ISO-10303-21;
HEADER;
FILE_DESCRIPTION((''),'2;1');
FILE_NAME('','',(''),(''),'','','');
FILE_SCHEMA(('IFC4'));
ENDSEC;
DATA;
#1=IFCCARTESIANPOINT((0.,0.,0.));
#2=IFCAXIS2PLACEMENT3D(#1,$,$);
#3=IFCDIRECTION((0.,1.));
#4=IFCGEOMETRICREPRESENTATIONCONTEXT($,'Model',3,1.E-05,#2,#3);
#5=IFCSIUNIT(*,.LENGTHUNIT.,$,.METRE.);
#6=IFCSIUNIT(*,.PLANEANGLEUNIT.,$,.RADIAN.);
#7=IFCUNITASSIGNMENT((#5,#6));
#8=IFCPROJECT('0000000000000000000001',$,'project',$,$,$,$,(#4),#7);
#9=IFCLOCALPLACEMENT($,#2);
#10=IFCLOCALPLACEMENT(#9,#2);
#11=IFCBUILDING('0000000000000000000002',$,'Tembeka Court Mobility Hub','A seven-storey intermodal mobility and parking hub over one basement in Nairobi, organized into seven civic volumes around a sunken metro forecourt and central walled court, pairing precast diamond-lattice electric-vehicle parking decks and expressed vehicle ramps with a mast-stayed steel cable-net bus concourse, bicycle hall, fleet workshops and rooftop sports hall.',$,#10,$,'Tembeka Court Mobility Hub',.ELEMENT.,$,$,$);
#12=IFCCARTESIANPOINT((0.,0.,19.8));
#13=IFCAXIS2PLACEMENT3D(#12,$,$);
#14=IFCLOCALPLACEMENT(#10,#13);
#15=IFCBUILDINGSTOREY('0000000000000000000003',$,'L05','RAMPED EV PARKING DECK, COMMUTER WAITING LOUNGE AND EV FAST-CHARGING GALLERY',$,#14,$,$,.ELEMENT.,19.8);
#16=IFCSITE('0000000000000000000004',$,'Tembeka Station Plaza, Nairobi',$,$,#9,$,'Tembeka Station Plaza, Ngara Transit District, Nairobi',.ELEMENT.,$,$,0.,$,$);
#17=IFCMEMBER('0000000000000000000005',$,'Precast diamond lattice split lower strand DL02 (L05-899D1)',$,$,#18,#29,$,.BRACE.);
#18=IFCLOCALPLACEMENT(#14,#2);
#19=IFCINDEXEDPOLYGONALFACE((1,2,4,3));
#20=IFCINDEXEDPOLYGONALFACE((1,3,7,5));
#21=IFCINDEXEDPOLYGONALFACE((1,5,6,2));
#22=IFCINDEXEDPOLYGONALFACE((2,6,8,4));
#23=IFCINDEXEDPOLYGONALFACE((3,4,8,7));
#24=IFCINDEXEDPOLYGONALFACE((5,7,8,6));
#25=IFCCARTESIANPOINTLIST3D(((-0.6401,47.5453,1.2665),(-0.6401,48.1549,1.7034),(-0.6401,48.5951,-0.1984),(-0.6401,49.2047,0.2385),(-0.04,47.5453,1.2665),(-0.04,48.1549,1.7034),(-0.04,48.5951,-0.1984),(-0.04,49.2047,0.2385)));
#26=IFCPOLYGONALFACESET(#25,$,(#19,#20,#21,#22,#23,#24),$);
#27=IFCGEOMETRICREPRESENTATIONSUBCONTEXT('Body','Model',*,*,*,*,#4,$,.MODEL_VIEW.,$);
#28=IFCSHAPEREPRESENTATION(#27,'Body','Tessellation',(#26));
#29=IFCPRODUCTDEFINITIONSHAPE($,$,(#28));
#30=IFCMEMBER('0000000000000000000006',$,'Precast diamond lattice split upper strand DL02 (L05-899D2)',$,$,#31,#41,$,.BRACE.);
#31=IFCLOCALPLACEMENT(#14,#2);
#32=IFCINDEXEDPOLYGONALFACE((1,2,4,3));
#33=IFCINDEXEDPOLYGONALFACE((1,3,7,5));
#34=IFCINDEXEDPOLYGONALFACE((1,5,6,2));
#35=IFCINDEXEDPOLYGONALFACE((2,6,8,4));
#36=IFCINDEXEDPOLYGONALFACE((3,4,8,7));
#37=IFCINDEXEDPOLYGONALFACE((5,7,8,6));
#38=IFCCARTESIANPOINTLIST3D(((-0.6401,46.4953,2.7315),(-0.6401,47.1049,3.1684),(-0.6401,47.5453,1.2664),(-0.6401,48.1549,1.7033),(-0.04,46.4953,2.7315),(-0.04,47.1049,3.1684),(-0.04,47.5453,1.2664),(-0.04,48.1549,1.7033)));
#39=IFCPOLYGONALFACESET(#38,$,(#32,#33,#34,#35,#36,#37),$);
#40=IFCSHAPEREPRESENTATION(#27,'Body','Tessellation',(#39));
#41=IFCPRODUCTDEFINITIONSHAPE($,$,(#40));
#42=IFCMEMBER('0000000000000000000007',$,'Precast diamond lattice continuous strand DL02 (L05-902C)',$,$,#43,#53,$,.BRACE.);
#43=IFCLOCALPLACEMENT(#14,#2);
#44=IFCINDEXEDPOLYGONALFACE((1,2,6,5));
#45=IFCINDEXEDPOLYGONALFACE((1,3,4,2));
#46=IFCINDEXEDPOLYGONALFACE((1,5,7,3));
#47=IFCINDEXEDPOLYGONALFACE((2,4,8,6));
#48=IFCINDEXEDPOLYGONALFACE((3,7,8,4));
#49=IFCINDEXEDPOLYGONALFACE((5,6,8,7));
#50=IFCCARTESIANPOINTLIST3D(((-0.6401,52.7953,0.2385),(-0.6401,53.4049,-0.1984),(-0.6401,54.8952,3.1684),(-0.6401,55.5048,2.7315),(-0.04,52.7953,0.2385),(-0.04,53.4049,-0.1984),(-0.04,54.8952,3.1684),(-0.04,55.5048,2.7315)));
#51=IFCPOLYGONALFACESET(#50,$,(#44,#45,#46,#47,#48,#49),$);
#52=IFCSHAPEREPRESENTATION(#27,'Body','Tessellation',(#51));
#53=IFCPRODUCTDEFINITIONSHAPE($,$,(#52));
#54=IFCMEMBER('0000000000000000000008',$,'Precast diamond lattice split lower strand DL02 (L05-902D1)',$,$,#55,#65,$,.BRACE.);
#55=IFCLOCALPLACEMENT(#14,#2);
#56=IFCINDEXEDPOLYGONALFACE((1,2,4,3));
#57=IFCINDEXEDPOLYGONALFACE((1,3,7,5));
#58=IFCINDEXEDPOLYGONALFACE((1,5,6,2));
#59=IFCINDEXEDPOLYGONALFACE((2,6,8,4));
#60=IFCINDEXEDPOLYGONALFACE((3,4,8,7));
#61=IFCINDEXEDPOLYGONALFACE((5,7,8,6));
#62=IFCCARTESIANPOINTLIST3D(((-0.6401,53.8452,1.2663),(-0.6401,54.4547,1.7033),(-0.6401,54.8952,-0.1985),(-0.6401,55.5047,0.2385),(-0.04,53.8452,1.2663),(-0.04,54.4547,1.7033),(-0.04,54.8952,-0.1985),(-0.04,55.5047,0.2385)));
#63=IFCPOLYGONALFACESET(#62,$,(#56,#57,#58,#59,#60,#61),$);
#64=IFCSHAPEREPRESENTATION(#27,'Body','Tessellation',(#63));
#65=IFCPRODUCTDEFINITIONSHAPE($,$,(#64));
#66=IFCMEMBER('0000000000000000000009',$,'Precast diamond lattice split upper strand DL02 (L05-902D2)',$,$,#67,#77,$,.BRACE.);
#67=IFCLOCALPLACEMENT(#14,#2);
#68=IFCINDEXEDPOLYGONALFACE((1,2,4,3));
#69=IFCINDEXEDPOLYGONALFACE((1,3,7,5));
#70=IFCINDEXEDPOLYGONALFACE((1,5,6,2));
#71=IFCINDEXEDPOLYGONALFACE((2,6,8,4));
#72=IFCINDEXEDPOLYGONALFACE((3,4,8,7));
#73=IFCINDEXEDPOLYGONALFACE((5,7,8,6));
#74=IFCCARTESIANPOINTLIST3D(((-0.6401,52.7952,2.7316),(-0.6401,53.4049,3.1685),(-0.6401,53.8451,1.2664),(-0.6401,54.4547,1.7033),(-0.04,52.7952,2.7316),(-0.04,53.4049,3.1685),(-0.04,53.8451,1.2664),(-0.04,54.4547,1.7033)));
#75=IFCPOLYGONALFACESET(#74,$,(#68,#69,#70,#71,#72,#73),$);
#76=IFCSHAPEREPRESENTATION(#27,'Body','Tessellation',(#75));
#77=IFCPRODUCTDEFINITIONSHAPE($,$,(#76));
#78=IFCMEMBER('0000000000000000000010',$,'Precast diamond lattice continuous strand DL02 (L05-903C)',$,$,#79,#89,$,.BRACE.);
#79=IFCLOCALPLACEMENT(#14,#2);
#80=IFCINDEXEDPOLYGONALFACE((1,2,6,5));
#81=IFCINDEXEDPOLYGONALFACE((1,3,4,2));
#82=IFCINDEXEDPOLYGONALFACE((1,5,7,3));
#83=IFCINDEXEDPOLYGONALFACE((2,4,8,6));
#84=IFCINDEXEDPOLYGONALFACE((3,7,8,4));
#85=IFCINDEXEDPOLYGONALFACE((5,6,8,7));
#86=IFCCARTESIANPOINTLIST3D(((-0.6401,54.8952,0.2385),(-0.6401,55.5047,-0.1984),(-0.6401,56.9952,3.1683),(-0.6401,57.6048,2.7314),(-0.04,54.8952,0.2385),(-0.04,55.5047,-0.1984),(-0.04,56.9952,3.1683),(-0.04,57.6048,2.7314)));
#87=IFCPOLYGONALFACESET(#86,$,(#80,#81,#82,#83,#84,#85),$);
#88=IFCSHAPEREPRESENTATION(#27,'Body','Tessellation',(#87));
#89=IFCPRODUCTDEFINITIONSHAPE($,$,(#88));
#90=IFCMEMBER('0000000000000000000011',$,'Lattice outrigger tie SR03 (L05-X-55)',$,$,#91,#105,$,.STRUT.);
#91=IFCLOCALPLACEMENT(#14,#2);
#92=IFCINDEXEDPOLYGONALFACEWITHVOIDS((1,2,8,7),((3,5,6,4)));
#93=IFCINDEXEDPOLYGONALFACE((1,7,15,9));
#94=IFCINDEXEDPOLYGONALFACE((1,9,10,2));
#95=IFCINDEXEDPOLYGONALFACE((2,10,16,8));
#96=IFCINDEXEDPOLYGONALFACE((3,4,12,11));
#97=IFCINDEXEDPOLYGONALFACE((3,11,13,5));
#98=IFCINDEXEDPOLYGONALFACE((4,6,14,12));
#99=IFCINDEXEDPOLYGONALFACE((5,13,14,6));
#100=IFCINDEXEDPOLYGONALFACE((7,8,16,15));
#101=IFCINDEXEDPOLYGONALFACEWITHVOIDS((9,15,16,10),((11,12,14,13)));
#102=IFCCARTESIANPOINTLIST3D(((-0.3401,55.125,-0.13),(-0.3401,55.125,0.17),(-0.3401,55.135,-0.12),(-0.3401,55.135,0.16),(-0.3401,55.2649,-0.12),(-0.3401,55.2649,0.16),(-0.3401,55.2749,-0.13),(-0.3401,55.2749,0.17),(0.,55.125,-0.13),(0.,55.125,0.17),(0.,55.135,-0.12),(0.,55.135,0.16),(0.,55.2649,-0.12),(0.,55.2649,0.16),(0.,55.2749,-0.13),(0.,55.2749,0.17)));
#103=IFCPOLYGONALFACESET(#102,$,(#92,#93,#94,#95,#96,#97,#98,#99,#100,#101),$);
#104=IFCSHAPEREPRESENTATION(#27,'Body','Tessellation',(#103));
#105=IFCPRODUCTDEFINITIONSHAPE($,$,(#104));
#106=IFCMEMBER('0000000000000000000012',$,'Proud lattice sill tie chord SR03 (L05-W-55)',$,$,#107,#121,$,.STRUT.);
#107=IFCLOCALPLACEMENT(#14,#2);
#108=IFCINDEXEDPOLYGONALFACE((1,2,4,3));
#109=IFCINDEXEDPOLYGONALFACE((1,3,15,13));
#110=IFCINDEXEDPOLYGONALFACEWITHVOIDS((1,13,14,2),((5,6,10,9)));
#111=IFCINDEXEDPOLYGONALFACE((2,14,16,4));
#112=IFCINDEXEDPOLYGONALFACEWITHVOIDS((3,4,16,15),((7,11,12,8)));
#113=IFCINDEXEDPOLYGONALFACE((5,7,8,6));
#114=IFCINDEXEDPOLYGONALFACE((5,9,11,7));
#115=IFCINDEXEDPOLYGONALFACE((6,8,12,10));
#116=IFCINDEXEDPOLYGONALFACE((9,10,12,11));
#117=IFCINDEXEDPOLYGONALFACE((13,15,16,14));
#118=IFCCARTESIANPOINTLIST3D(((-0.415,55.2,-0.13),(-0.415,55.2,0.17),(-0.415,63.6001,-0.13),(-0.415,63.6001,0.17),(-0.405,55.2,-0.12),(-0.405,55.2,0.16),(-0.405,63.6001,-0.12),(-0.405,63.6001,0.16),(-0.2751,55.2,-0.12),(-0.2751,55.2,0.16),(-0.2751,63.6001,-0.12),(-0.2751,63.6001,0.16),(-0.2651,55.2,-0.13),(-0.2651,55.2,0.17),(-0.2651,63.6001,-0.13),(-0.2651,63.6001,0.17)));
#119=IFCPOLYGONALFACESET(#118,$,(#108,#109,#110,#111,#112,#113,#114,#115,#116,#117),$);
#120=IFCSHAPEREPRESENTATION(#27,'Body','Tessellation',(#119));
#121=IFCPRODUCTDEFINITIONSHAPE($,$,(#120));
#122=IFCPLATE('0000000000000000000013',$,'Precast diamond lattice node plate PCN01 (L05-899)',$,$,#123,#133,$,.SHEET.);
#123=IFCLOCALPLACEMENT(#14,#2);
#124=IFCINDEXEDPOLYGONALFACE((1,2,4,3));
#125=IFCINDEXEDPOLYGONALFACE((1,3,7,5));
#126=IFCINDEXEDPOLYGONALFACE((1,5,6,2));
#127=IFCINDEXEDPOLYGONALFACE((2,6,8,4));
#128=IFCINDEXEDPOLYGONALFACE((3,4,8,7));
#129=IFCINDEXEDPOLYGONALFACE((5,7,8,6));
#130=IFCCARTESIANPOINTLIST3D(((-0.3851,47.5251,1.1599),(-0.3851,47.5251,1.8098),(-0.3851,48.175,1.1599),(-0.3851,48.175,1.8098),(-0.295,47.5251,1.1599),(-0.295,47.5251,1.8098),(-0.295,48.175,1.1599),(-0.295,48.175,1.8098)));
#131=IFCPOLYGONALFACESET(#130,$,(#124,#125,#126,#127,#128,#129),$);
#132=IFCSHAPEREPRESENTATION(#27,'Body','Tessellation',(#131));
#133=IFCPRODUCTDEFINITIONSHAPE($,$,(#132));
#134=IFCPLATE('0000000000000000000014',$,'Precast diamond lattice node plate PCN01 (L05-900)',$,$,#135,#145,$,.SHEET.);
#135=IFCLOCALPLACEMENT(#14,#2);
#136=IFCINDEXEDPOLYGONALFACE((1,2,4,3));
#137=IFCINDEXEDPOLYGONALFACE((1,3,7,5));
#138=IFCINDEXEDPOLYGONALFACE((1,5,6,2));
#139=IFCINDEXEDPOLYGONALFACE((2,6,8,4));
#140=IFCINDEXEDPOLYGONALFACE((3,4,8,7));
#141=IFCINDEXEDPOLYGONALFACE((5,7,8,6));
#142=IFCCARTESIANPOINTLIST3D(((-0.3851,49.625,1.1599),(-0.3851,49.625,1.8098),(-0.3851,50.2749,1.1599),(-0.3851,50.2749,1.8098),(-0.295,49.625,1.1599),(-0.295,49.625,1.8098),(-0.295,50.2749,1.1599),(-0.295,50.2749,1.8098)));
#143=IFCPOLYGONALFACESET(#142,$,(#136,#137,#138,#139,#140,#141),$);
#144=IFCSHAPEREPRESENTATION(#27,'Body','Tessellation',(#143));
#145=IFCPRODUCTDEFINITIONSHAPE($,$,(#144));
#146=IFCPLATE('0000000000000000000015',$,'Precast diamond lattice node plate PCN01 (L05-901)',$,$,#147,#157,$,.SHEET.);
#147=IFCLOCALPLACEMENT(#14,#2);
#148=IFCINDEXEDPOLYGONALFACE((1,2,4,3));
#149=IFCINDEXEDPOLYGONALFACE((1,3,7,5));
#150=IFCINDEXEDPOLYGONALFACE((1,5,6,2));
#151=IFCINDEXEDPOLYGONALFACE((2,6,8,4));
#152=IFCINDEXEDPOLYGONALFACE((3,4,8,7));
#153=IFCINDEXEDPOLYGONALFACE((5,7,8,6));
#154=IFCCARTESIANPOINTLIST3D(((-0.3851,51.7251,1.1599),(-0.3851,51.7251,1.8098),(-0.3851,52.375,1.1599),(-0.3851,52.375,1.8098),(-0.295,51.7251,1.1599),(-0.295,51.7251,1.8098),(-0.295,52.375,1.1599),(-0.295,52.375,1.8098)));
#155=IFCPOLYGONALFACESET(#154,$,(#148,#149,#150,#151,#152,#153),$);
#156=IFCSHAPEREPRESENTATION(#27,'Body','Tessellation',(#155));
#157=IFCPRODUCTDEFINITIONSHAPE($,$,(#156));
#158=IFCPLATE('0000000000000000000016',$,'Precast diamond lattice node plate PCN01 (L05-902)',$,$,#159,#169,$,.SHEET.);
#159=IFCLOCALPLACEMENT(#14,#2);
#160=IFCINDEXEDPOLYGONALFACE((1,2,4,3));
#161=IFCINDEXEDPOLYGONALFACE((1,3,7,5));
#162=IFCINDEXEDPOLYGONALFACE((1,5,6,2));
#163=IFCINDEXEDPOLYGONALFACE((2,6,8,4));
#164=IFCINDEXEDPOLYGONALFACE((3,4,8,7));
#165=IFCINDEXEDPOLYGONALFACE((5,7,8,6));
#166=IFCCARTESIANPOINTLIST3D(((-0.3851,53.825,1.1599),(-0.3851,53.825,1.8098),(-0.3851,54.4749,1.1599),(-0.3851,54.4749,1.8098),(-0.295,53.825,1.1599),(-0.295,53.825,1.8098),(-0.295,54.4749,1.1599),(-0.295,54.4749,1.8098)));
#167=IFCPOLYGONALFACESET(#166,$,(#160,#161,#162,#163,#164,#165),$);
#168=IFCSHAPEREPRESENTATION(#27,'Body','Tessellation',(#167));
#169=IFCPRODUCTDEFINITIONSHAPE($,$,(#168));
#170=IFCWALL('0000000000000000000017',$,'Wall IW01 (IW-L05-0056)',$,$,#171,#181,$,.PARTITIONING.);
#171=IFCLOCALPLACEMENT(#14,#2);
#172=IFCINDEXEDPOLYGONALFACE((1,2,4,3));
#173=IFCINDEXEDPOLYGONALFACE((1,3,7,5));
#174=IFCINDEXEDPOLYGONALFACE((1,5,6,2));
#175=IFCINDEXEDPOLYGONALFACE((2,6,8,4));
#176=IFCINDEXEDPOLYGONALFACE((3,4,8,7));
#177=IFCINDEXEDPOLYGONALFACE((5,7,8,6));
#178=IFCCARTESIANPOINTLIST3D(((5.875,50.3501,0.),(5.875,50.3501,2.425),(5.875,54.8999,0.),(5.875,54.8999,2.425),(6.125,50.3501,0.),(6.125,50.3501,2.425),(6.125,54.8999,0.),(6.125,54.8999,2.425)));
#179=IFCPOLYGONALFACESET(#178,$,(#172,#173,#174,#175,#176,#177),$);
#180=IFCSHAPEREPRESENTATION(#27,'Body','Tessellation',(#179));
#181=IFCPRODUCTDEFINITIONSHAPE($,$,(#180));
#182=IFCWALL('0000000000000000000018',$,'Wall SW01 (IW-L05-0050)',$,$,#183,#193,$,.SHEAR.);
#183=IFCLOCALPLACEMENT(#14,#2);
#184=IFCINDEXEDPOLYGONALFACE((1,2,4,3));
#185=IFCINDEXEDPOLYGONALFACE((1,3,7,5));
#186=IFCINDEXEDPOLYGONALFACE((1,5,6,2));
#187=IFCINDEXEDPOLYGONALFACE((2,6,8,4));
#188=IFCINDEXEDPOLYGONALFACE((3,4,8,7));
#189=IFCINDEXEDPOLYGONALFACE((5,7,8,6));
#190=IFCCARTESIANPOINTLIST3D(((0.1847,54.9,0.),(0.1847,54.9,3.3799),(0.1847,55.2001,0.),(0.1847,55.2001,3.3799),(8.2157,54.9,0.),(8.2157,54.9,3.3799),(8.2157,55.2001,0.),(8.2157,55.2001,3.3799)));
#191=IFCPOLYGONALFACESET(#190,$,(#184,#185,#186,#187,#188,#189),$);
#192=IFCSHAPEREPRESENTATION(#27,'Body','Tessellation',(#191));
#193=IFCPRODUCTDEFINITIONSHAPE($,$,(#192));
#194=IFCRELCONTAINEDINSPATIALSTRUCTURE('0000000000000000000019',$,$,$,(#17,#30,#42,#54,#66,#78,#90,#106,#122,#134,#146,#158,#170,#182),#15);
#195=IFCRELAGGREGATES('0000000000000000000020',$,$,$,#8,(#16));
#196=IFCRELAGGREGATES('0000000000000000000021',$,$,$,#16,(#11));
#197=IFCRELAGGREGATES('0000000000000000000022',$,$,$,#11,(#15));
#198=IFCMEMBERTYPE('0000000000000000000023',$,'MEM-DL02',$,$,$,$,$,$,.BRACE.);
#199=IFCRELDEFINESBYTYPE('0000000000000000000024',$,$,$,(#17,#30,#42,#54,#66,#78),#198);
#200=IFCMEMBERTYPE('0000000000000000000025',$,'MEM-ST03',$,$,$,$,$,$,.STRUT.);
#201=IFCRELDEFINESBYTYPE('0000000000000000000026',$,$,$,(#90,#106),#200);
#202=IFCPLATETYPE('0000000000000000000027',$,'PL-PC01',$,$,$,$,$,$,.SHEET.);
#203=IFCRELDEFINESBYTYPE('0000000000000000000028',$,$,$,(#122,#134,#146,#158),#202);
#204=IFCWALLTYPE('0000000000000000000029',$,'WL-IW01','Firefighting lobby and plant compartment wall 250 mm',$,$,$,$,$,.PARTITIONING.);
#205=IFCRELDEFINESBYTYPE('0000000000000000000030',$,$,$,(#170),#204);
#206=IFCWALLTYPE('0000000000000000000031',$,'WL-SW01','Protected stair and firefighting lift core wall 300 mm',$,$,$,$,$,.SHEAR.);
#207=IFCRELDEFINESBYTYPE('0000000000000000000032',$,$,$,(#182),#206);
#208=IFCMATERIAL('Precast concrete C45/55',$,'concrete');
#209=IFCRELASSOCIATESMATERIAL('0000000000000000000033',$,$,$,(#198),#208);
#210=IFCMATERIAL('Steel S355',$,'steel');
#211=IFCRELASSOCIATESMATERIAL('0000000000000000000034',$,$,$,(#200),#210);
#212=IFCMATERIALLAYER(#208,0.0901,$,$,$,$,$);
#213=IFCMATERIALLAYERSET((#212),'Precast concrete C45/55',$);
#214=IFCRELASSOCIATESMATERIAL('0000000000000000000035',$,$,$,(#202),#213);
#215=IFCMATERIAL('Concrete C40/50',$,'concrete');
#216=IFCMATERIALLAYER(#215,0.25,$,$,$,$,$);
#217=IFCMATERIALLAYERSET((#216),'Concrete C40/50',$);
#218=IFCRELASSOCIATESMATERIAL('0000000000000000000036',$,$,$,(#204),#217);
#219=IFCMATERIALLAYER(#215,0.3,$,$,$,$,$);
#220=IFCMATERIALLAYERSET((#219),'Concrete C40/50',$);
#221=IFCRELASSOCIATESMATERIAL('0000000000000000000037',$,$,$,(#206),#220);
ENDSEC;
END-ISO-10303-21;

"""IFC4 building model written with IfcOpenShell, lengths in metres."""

from ifc_helpers import new_model, si_unit, direction, frame, frame_2d, origin, origin_2d, place, context, subcontext, project, spatial, rectangle, hollow_rectangle, extrude, material, layer, layer_set, material_profile, profile_set, type_object, element, save


model = new_model("IFC4")

# Units and contexts
model_context = context("Model", 3, precision=1e-05, world=origin(), true_north=direction((0.0, 1.0)))
body_context = subcontext(model_context, "Body", "Model", "MODEL_VIEW")
ifc_project = project(units=[si_unit("LENGTHUNIT", "METRE"), si_unit("PLANEANGLEUNIT", "RADIAN")], contexts=[model_context])

# Site, building, storey
site_placement = place(None, origin())
site = spatial("IfcSite", under=ifc_project, at=site_placement, Name="Tembeka Station Plaza, Nairobi", LongName="Tembeka Station Plaza, Ngara Transit District, Nairobi", CompositionType="ELEMENT", RefElevation=0.0)
building_placement = place(site_placement, origin())
building = spatial("IfcBuilding", under=site, at=building_placement, Name="Tembeka Court Mobility Hub", Description="A seven-storey intermodal mobility and parking hub over one basement in Nairobi, organized into seven civic volumes around a sunken metro forecourt and central walled court, pairing precast diamond-lattice electric-vehicle parking decks and expressed vehicle ramps with a mast-stayed steel cable-net bus concourse, bicycle hall, fleet workshops and rooftop sports hall.", LongName="Tembeka Court Mobility Hub", CompositionType="ELEMENT")
storey_placement = place(building_placement, frame((0.0, 0.0, 19.8)))
storey = spatial("IfcBuildingStorey", under=building, at=storey_placement, Name="L05", Description="RAMPED EV PARKING DECK, COMMUTER WAITING LOUNGE AND EV FAST-CHARGING GALLERY", CompositionType="ELEMENT", Elevation=19.8)

# Shared definitions
ifc_material_1 = material(Name="Steel S355", Category="steel")

# Shared definitions
ifc_material_2 = material(Name="Precast concrete C45/55", Category="concrete")

# Members
ifc_material_profile_1 = material_profile(ifc_material_2, rectangle(XDim=0.6001, YDim=0.75, at=origin_2d()), Name="PC-DIAG 600x750")
ifc_profile_set_1 = profile_set([ifc_material_profile_1], Name="Precast concrete C45/55")
member_type_1 = type_object("IfcMemberType", Name="MEM-DL02", PredefinedType="BRACE", material=ifc_profile_set_1)
member_1_placement = place(storey_placement, frame((-0.3401, 48.8999, 0.02), z_axis=(0.0, -0.582519, 0.812817), x_axis=(1.0, 0.0, 0.0)))
element("IfcMember", 1, at=member_1_placement, inside=storey, type_object=member_type_1, Name="Precast diamond lattice split lower strand DL02 (L05-899D1)", PredefinedType="BRACE", context=body_context, shape_type="SweptSolid", body=[
    extrude(rectangle(XDim=0.6001, YDim=0.75, at=origin_2d()), origin(), (0.0, 0.0, 1.0), 1.8022),
])
member_2_placement = place(storey_placement, frame((-0.3401, 47.8501, 1.4849), z_axis=(0.0, -0.582544, 0.812799), x_axis=(1.0, 0.0, 0.0)))
element("IfcMember", 2, at=member_2_placement, inside=storey, type_object=member_type_1, Name="Precast diamond lattice split upper strand DL02 (L05-899D2)", PredefinedType="BRACE", context=body_context, shape_type="SweptSolid", body=[
    extrude(rectangle(XDim=0.6001, YDim=0.75, at=origin_2d()), origin(), (0.0, 0.0, 1.0), 1.8025),
])
member_3_placement = place(storey_placement, frame((-0.3401, 53.1001, 0.02), z_axis=(0.0, 0.582532, 0.812808), x_axis=(-1.0, 0.0, 0.0)))
element("IfcMember", 3, at=member_3_placement, inside=storey, type_object=member_type_1, Name="Precast diamond lattice continuous strand DL02 (L05-902C)", PredefinedType="BRACE", context=body_context, shape_type="SweptSolid", body=[
    extrude(rectangle(XDim=0.6001, YDim=0.75, at=origin_2d()), origin(), (0.0, 0.0, 1.0), 3.6047),
])
member_4_placement = place(storey_placement, frame((-0.3401, 55.2, 0.02), z_axis=(0.0, -0.582608, 0.812753), x_axis=(1.0, 0.0, 0.0)))
element("IfcMember", 4, at=member_4_placement, inside=storey, type_object=member_type_1, Name="Precast diamond lattice split lower strand DL02 (L05-902D1)", PredefinedType="BRACE", context=body_context, shape_type="SweptSolid", body=[
    extrude(rectangle(XDim=0.6001, YDim=0.75, at=origin_2d()), origin(), (0.0, 0.0, 1.0), 1.8022),
])
member_5_placement = place(storey_placement, frame((-0.3401, 54.1499, 1.4849), z_axis=(0.0, -0.582455, 0.812863), x_axis=(1.0, 0.0, 0.0)))
element("IfcMember", 5, at=member_5_placement, inside=storey, type_object=member_type_1, Name="Precast diamond lattice split upper strand DL02 (L05-902D2)", PredefinedType="BRACE", context=body_context, shape_type="SweptSolid", body=[
    extrude(rectangle(XDim=0.6001, YDim=0.75, at=origin_2d()), origin(), (0.0, 0.0, 1.0), 1.8025),
])
member_6_placement = place(storey_placement, frame((-0.3401, 55.2, 0.02), z_axis=(0.0, 0.582576, 0.812776), x_axis=(-1.0, 0.0, 0.0)))
element("IfcMember", 6, at=member_6_placement, inside=storey, type_object=member_type_1, Name="Precast diamond lattice continuous strand DL02 (L05-903C)", PredefinedType="BRACE", context=body_context, shape_type="SweptSolid", body=[
    extrude(rectangle(XDim=0.6001, YDim=0.75, at=origin_2d()), origin(), (0.0, 0.0, 1.0), 3.6047),
])
ifc_material_profile_2 = material_profile(ifc_material_1, hollow_rectangle(XDim=0.1499, YDim=0.3, WallThickness=0.01, at=origin_2d()), Name="RHS 300x150x10")
ifc_profile_set_2 = profile_set([ifc_material_profile_2], Name="Steel S355")
member_type_2 = type_object("IfcMemberType", Name="MEM-ST03", PredefinedType="STRUT", material=ifc_profile_set_2)
member_7_placement = place(storey_placement, frame((0.0, 55.2, 0.02), z_axis=(-1.0, 0.0, 0.0), x_axis=(0.0, -1.0, 0.0)))
element("IfcMember", 7, at=member_7_placement, inside=storey, type_object=member_type_2, Name="Lattice outrigger tie SR03 (L05-X-55)", PredefinedType="STRUT", context=body_context, shape_type="SweptSolid", body=[
    extrude(hollow_rectangle(XDim=0.1499, YDim=0.3, WallThickness=0.01, at=origin_2d()), origin(), (0.0, 0.0, 1.0), 0.3401),
])
member_8_placement = place(storey_placement, frame((-0.3401, 55.2, 0.02), z_axis=(0.0, 1.0, 0.0), x_axis=(-1.0, 0.0, 0.0)))
element("IfcMember", 8, at=member_8_placement, inside=storey, type_object=member_type_2, Name="Proud lattice sill tie chord SR03 (L05-W-55)", PredefinedType="STRUT", context=body_context, shape_type="SweptSolid", body=[
    extrude(hollow_rectangle(XDim=0.1499, YDim=0.3, WallThickness=0.01, at=origin_2d()), origin(), (0.0, 0.0, 1.0), 8.4001),
])

# Plates
ifc_layer_1 = layer(ifc_material_2, 0.0901)
ifc_layer_set_1 = layer_set([ifc_layer_1], Name="Precast concrete C45/55")
plate_type = type_object("IfcPlateType", Name="PL-PC01", PredefinedType="SHEET", material=ifc_layer_set_1)
for number, where, z_axis, x_axis, name in (
    (9, (-0.3401, 47.8501, 1.1599), (0.0, 0.0, 1.0), (1.0, 0.0, 0.0), "Precast diamond lattice node plate PCN01 (L05-899)"),
    (10, (-0.3401, 49.95, 1.1599), (0.0, 0.0, 1.0), (1.0, 0.0, 0.0), "Precast diamond lattice node plate PCN01 (L05-900)"),
    (11, (-0.3401, 52.05, 1.1599), (0.0, 0.0, 1.0), (1.0, 0.0, 0.0), "Precast diamond lattice node plate PCN01 (L05-901)"),
    (12, (-0.3401, 54.1499, 1.1599), (0.0, 0.0, 1.0), (1.0, 0.0, 0.0), "Precast diamond lattice node plate PCN01 (L05-902)"),
):
    element("IfcPlate", number, at=place(storey_placement, frame(where, z_axis=z_axis, x_axis=x_axis)), inside=storey, type_object=plate_type, Name=name, PredefinedType="SHEET", context=body_context, shape_type="SweptSolid", body=[
        extrude(rectangle(XDim=0.0901, YDim=0.6499, at=origin_2d()), origin(), (0.0, 0.0, 1.0), 0.6499),
    ])

# Walls
ifc_material_3 = material(Name="Concrete C40/50", Category="concrete")
ifc_layer_2 = layer(ifc_material_3, 0.25)
ifc_layer_set_2 = layer_set([ifc_layer_2], Name="Concrete C40/50")
wall_type_1 = type_object("IfcWallType", Name="WL-IW01", Description="Firefighting lobby and plant compartment wall 250 mm", PredefinedType="PARTITIONING", material=ifc_layer_set_2)
wall_1_placement = place(storey_placement, frame((6.0, 50.3501, 0.0), z_axis=(0.0, 0.0, 1.0), x_axis=(0.0, 1.0, 0.0)))
element("IfcWall", 13, at=wall_1_placement, inside=storey, type_object=wall_type_1, Name="Wall IW01 (IW-L05-0056)", PredefinedType="PARTITIONING", context=body_context, shape_type="SweptSolid", body=[
    extrude(rectangle(XDim=4.5498, YDim=0.25, at=frame_2d((2.2749, 0.0))), origin(), (0.0, 0.0, 1.0), 2.425),
])
ifc_layer_3 = layer(ifc_material_3, 0.3)
ifc_layer_set_3 = layer_set([ifc_layer_3], Name="Concrete C40/50")
wall_type_2 = type_object("IfcWallType", Name="WL-SW01", Description="Protected stair and firefighting lift core wall 300 mm", PredefinedType="SHEAR", material=ifc_layer_set_3)
wall_2_placement = place(storey_placement, frame((0.1846, 55.05, 0.0), z_axis=(0.0, 0.0, 1.0), x_axis=(1.0, 0.0, 0.0)))
element("IfcWall", 14, at=wall_2_placement, inside=storey, type_object=wall_type_2, Name="Wall SW01 (IW-L05-0050)", PredefinedType="SHEAR", context=body_context, shape_type="SweptSolid", body=[
    extrude(rectangle(XDim=8.031, YDim=0.3, at=frame_2d((4.0156, 0.0))), origin(), (0.0, 0.0, 1.0), 3.3799),
])

save(model, "model.ifc")
